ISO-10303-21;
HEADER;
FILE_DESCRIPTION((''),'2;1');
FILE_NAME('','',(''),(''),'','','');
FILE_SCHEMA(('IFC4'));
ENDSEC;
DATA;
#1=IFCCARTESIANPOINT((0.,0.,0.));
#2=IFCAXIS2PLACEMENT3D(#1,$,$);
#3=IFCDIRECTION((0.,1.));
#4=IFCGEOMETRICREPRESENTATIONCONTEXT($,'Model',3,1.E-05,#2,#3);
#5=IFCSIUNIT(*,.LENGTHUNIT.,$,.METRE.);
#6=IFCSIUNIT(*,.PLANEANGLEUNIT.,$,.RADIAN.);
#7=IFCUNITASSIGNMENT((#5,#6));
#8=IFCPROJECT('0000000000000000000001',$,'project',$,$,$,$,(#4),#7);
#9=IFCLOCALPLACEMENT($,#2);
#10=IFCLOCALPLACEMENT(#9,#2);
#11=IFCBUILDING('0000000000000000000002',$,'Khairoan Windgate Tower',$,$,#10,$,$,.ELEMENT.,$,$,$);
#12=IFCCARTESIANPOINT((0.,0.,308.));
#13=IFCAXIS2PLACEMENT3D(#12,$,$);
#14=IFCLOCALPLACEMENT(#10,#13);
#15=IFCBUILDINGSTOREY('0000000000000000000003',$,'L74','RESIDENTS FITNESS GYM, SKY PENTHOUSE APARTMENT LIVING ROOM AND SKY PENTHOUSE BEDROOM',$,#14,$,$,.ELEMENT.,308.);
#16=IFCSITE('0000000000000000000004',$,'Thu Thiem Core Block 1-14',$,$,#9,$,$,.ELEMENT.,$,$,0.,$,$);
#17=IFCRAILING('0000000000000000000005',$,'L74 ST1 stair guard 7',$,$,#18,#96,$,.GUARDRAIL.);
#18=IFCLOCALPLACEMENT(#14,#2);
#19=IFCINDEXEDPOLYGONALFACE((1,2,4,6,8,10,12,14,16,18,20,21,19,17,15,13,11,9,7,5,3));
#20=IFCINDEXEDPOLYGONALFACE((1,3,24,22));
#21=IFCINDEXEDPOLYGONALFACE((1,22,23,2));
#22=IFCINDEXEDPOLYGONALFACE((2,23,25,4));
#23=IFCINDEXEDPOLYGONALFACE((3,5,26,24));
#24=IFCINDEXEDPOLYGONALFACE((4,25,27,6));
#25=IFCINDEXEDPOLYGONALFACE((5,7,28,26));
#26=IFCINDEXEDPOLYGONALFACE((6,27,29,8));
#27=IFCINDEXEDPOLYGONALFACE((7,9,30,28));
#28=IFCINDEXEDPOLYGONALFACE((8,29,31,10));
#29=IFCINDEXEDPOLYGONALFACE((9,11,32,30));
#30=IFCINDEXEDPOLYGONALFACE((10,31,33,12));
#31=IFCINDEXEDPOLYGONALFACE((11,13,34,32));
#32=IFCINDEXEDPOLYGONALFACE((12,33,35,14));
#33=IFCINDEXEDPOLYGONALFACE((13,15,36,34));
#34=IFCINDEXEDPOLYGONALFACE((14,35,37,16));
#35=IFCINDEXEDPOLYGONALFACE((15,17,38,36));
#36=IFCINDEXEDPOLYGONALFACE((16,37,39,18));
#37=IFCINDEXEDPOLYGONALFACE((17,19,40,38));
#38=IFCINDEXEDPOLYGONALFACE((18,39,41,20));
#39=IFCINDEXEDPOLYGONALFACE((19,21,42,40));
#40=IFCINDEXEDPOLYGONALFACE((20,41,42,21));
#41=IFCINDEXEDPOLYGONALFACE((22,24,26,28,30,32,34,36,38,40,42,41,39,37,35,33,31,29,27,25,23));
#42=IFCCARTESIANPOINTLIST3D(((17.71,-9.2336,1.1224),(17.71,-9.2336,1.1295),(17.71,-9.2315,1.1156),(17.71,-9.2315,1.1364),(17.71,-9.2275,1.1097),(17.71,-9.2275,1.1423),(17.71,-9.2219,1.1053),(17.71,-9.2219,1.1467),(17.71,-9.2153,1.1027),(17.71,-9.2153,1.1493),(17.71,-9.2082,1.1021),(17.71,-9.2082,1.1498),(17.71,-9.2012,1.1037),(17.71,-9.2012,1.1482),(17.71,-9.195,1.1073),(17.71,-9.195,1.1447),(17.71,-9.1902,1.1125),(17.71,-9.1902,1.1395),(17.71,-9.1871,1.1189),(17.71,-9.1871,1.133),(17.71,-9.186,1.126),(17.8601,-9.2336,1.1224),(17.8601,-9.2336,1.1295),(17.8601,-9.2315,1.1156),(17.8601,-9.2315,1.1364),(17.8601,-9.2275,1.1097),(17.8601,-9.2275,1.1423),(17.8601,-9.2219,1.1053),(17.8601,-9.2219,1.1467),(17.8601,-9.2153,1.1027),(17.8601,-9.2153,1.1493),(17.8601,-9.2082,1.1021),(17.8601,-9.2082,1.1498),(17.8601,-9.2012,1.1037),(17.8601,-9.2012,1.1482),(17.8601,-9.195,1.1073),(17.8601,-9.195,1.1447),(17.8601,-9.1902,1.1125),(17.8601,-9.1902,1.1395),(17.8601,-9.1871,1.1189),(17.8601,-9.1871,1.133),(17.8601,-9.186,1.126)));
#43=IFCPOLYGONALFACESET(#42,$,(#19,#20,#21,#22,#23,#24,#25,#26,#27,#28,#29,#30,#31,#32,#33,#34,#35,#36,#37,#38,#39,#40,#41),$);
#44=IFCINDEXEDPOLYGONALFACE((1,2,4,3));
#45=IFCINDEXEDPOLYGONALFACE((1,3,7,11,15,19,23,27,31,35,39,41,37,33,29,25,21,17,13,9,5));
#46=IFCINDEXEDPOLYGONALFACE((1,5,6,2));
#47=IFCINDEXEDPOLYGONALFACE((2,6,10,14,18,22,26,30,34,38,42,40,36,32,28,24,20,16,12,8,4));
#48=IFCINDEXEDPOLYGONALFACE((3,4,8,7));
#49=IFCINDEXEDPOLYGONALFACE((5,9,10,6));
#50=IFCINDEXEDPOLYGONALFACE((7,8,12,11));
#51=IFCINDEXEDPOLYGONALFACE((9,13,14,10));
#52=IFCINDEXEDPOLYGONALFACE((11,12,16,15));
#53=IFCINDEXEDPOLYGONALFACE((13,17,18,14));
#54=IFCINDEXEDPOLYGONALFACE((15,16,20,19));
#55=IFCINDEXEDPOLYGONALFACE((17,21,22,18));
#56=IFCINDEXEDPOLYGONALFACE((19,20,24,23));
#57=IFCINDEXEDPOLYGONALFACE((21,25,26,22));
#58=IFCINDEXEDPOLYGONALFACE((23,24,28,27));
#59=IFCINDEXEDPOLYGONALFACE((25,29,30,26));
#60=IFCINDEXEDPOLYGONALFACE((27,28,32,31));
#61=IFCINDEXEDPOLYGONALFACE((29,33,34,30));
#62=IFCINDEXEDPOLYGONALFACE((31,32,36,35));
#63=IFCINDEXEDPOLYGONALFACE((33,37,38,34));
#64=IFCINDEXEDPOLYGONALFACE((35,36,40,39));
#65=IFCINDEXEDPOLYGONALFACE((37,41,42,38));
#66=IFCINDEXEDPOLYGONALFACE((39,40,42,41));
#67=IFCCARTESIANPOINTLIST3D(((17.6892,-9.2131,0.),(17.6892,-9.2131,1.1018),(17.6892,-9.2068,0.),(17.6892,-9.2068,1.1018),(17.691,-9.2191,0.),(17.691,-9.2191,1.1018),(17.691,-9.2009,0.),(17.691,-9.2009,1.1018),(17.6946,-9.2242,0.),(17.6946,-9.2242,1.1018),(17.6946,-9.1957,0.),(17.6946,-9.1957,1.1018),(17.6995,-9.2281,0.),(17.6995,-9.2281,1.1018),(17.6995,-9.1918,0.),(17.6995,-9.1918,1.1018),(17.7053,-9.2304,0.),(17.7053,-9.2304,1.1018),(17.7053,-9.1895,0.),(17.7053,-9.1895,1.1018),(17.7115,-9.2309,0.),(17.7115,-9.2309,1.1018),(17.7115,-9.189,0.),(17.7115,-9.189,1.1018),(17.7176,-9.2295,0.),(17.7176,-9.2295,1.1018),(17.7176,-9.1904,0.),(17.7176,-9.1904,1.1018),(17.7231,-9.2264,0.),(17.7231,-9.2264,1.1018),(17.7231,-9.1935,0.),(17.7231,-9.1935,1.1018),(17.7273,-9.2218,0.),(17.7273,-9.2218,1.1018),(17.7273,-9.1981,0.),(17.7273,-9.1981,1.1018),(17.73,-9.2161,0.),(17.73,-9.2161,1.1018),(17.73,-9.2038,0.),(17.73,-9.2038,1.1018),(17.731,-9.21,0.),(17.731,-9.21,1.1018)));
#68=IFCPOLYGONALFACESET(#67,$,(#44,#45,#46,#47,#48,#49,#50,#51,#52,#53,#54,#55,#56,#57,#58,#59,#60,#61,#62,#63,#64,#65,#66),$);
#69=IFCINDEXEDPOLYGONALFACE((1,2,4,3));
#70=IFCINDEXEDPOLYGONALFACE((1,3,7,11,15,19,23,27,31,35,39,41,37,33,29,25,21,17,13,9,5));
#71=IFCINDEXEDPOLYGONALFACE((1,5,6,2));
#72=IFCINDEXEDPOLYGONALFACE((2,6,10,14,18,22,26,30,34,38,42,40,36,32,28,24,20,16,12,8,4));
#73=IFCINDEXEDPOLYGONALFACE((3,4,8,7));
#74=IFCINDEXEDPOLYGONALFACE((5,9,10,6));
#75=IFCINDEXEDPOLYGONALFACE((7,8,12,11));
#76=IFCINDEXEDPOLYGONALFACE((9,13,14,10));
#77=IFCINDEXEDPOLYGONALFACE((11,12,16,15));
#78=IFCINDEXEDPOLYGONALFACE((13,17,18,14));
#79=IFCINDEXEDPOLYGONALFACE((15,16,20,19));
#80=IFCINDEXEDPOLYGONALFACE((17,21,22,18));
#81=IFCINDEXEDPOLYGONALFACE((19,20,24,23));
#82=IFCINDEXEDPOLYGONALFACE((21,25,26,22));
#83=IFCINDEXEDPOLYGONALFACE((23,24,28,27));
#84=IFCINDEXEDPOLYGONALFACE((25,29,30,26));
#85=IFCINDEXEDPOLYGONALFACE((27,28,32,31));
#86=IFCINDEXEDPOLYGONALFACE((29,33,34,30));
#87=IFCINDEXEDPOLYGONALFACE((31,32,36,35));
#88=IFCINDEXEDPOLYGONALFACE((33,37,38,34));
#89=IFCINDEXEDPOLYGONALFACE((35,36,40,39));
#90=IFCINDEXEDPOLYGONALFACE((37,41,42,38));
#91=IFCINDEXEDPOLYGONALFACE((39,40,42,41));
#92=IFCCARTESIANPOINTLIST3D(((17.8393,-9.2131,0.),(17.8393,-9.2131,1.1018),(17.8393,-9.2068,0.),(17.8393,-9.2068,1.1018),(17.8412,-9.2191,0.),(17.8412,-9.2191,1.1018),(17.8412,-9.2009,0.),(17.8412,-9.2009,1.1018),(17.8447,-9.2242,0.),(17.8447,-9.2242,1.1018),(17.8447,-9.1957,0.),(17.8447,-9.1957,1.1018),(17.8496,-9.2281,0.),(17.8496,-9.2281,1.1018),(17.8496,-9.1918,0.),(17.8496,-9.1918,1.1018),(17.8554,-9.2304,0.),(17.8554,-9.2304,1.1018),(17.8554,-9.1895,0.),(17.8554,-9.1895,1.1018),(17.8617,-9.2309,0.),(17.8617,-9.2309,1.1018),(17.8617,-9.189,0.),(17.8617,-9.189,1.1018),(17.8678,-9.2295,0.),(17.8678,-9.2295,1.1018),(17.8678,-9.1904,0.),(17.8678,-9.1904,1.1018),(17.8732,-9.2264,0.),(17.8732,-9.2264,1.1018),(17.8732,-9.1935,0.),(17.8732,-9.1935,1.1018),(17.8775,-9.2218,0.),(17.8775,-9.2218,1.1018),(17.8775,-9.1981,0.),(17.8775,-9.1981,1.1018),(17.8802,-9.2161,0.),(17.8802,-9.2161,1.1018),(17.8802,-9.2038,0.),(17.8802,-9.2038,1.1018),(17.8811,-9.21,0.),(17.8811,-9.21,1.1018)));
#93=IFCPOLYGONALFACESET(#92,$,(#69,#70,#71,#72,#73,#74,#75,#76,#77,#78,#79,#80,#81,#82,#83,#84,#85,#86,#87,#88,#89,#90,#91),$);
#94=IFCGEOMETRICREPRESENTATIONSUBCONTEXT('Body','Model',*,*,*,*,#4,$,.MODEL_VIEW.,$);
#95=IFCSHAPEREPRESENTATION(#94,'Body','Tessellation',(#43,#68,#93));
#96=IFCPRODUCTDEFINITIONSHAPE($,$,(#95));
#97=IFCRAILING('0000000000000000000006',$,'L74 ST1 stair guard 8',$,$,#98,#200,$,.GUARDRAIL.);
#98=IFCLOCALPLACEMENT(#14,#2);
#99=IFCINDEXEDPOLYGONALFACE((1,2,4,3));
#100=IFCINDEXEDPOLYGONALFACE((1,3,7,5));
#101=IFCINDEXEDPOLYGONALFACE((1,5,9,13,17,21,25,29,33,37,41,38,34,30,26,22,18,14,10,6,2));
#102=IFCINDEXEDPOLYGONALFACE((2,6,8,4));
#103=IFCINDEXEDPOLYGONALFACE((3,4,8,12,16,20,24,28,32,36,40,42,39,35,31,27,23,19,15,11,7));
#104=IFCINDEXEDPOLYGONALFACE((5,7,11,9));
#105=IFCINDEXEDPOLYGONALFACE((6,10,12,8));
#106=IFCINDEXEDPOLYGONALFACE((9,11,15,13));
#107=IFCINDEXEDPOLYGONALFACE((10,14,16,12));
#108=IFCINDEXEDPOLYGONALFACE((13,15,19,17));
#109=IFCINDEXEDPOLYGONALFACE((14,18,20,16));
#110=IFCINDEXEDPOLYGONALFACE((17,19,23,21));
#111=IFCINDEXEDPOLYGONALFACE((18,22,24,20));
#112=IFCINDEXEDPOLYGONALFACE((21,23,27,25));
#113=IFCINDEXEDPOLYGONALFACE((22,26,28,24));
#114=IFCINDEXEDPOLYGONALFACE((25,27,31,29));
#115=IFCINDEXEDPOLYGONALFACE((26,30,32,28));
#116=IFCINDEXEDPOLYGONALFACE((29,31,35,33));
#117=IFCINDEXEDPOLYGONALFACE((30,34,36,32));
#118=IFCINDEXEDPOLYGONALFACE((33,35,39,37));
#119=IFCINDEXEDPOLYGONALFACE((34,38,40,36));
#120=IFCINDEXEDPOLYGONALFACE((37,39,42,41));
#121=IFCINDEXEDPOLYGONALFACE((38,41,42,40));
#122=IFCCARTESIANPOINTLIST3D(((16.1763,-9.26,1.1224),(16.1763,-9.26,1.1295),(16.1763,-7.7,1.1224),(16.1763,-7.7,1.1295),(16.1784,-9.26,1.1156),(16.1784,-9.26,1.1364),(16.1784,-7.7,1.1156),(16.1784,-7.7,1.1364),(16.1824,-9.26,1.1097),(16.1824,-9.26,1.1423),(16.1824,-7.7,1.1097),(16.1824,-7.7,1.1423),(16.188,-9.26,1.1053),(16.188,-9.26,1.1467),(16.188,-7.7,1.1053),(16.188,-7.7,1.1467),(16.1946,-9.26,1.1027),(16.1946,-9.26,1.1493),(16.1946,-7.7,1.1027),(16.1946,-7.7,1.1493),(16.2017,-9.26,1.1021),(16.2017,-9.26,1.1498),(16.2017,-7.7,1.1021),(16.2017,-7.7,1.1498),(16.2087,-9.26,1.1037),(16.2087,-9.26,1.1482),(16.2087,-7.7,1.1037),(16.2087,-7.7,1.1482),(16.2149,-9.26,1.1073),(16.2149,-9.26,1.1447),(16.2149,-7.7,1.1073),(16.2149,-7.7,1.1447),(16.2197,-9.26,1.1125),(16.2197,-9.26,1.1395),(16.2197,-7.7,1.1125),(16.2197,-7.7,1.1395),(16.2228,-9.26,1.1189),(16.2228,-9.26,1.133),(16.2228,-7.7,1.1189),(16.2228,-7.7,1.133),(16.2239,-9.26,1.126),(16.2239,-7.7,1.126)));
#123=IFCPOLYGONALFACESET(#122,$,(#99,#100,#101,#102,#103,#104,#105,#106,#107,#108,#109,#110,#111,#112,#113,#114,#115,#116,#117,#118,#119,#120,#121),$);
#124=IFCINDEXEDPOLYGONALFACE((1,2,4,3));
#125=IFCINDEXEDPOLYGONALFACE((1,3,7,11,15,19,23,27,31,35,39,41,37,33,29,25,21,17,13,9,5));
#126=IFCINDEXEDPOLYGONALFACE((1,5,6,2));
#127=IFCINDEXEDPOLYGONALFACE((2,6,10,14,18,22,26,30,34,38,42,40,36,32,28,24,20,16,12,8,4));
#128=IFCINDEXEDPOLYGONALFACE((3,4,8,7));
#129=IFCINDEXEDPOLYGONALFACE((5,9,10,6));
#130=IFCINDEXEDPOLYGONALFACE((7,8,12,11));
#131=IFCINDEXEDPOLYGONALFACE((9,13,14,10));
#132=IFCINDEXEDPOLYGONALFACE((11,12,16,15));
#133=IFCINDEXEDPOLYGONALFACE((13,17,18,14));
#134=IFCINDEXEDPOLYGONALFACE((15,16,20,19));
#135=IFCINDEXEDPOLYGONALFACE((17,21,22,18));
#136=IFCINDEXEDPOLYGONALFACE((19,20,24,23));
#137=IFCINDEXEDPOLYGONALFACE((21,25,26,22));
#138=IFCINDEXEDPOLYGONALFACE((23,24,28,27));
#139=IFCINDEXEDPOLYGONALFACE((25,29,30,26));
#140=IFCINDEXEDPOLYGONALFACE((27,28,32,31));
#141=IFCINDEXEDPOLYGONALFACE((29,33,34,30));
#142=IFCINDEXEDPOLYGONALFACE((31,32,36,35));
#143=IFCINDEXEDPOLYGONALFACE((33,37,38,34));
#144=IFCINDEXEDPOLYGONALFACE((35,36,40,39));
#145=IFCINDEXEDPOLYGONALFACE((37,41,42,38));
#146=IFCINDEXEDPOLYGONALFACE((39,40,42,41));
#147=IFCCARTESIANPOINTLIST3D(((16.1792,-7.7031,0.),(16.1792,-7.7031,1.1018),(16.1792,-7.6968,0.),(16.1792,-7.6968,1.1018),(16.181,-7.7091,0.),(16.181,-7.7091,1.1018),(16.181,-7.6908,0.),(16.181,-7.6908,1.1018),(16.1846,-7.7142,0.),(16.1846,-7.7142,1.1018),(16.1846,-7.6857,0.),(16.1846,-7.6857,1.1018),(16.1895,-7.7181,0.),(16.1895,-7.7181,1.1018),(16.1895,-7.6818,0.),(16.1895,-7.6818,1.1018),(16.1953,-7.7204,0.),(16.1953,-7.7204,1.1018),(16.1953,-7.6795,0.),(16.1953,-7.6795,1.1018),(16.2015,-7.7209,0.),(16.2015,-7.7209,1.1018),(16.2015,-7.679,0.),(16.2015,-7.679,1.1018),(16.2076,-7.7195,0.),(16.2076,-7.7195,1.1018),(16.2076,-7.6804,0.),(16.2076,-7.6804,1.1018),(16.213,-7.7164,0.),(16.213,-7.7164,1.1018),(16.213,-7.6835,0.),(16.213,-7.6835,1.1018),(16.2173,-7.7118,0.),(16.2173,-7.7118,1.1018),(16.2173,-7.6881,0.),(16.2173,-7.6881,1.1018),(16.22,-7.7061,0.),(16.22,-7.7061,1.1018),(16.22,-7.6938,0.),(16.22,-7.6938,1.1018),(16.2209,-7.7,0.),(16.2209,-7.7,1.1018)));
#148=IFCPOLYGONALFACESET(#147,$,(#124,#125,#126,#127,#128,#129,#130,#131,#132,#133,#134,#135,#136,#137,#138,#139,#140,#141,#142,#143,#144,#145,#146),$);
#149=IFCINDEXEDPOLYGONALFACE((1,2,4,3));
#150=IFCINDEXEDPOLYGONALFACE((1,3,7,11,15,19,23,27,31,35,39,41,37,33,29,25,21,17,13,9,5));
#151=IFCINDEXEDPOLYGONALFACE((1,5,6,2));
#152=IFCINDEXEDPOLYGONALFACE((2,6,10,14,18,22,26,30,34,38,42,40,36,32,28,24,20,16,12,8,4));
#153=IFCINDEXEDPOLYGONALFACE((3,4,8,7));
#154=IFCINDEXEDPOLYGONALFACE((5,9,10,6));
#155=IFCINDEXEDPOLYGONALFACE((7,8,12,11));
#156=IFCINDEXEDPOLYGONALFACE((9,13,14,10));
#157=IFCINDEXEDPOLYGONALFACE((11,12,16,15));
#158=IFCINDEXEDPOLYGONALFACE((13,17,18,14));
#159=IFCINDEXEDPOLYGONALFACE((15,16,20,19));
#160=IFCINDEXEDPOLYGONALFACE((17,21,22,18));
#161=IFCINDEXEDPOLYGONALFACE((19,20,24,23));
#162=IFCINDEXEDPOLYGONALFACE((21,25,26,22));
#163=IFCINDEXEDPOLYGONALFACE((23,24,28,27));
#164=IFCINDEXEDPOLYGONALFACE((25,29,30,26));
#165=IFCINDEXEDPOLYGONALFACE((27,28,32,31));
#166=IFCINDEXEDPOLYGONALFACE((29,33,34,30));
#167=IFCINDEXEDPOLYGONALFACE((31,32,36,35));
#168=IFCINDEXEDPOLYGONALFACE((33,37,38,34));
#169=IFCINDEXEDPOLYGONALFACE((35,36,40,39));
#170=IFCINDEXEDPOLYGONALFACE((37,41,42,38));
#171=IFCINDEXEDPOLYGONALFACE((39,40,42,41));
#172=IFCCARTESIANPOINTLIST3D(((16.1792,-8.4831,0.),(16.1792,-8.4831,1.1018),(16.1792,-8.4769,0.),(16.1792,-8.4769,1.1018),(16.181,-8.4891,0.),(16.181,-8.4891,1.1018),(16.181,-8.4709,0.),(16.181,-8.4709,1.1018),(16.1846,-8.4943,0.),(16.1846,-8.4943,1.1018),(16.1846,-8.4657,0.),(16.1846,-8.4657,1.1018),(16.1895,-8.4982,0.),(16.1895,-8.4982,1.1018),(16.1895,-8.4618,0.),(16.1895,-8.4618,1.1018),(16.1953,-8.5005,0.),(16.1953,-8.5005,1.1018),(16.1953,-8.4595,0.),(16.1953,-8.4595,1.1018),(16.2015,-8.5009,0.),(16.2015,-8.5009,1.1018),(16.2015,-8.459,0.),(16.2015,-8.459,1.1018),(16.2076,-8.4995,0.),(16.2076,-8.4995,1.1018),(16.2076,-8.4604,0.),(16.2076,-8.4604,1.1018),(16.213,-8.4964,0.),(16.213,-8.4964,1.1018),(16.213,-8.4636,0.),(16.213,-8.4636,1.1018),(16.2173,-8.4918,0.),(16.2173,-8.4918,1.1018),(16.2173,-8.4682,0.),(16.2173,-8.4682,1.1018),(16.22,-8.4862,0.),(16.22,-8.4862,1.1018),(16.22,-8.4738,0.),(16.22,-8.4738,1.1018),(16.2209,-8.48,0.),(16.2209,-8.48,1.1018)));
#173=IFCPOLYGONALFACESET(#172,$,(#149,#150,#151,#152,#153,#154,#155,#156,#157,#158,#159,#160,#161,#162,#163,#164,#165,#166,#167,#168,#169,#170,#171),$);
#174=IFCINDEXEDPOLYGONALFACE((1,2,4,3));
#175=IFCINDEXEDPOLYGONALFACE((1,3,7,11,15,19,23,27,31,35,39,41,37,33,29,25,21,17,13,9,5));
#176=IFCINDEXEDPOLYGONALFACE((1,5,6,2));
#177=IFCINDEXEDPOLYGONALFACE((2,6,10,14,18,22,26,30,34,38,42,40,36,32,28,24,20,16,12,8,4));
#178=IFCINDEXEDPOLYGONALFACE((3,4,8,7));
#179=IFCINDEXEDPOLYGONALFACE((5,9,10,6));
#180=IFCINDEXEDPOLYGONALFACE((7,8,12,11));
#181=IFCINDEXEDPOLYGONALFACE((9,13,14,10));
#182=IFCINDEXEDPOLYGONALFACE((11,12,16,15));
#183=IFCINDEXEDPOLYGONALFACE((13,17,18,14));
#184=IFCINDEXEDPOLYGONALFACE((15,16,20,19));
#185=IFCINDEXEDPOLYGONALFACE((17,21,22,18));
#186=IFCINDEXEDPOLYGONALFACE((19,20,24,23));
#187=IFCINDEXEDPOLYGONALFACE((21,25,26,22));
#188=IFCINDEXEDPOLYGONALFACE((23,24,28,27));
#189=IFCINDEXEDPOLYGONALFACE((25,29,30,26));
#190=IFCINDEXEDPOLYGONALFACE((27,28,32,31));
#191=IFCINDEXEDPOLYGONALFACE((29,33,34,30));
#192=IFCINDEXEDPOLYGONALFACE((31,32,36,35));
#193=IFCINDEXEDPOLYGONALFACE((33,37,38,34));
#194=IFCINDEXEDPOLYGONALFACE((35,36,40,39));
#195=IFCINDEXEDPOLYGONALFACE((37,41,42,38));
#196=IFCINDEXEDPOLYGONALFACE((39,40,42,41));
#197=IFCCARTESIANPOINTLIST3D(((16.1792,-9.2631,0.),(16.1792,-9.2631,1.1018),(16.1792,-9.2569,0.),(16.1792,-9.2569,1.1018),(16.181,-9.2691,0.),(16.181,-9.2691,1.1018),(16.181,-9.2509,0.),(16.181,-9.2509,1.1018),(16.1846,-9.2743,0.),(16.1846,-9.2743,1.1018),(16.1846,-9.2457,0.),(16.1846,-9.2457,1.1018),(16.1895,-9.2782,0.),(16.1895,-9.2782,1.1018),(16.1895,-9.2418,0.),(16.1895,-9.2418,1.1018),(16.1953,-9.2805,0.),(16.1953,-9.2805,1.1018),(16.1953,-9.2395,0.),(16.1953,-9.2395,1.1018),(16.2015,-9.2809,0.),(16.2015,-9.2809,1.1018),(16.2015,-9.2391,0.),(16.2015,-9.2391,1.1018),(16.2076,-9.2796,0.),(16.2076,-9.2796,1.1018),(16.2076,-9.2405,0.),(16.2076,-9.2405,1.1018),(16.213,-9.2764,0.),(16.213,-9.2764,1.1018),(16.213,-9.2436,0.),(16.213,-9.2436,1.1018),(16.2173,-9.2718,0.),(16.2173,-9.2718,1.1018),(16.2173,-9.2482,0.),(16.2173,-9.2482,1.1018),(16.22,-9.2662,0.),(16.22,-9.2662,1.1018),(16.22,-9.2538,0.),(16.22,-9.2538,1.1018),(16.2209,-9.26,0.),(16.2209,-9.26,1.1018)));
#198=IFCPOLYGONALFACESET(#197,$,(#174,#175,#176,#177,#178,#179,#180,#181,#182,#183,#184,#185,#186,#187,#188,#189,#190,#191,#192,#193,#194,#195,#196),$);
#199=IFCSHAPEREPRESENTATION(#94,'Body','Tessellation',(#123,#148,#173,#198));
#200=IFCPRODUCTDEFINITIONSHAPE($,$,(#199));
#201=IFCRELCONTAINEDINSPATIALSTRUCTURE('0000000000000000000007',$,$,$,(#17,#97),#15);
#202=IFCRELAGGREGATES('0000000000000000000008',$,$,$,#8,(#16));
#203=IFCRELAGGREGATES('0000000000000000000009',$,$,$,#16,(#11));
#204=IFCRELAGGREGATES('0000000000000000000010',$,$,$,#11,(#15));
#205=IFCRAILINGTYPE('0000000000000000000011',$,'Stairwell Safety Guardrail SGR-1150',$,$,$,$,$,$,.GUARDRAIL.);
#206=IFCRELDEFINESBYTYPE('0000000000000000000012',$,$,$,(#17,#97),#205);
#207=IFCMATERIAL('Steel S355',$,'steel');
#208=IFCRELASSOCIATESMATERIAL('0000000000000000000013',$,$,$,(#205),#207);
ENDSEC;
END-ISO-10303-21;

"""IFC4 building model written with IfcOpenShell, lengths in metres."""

from ifc_helpers import new_model, si_unit, direction, frame, origin, origin_2d, place, context, subcontext, project, spatial, circle, extrude, material, type_object, element, save


model = new_model("IFC4")

# Units and contexts
model_context = context("Model", 3, precision=1e-05, world=origin(), true_north=direction((0.0, 1.0)))
body_context = subcontext(model_context, "Body", "Model", "MODEL_VIEW")
ifc_project = project(units=[si_unit("LENGTHUNIT", "METRE"), si_unit("PLANEANGLEUNIT", "RADIAN")], contexts=[model_context])

# Site, building, storey
site_placement = place(None, origin())
site = spatial("IfcSite", under=ifc_project, at=site_placement, Name="Thu Thiem Core Block 1-14", CompositionType="ELEMENT", RefElevation=0.0)
building_placement = place(site_placement, origin())
building = spatial("IfcBuilding", under=site, at=building_placement, Name="Khairoan Windgate Tower", CompositionType="ELEMENT")
storey_placement = place(building_placement, frame((0.0, 0.0, 308.0)))
storey = spatial("IfcBuildingStorey", under=building, at=storey_placement, Name="L74", Description="RESIDENTS FITNESS GYM, SKY PENTHOUSE APARTMENT LIVING ROOM AND SKY PENTHOUSE BEDROOM", CompositionType="ELEMENT", Elevation=308.0)

# Railings
ifc_material_1 = material(Name="Steel S355", Category="steel")
railing_type_1 = type_object("IfcRailingType", Name="Stairwell Safety Guardrail SGR-1150", PredefinedType="GUARDRAIL", material=ifc_material_1)
railing_1_placement = place(storey_placement, frame((17.71, -9.21, 0.0)))
element("IfcRailing", 1, at=railing_1_placement, inside=storey, type_object=railing_type_1, Name="L74 ST1 stair guard 7", PredefinedType="GUARDRAIL", context=body_context, shape_type="SweptSolid", body=[
    extrude(circle(Radius=0.0239, at=origin_2d()), frame((0.0, 0.0, 1.126), z_axis=(1.0, 0.0, 0.0), x_axis=(0.0, 1.0, 0.0)), (0.0, 0.0, 1.0), 0.1501),
    extrude(circle(Radius=0.021, at=origin_2d()), origin(), (0.0, 0.0, 1.0), 1.1018),
    extrude(circle(Radius=0.021, at=origin_2d()), frame((0.1501, 0.0, 0.0)), (0.0, 0.0, 1.0), 1.1018),
])
for number, where, name in (
    (2, (16.2, -7.7, 0.0), "L74 ST1 stair guard 8"),
):
    element("IfcRailing", number, at=place(storey_placement, frame(where)), inside=storey, type_object=railing_type_1, Name=name, PredefinedType="GUARDRAIL", context=body_context, shape_type="SweptSolid", body=[
        extrude(circle(Radius=0.0239, at=origin_2d()), frame((0.0, 0.0, 1.126), z_axis=(0.0, -1.0, 0.0), x_axis=(1.0, 0.0, 0.0)), (0.0, 0.0, 1.0), 1.5601),
        extrude(circle(Radius=0.021, at=origin_2d()), origin(), (0.0, 0.0, 1.0), 1.1018),
        extrude(circle(Radius=0.021, at=origin_2d()), frame((0.0, -0.78, 0.0)), (0.0, 0.0, 1.0), 1.1018),
        extrude(circle(Radius=0.021, at=origin_2d()), frame((0.0, -1.5601, 0.0)), (0.0, 0.0, 1.0), 1.1018),
    ])

save(model, "model.ifc")
